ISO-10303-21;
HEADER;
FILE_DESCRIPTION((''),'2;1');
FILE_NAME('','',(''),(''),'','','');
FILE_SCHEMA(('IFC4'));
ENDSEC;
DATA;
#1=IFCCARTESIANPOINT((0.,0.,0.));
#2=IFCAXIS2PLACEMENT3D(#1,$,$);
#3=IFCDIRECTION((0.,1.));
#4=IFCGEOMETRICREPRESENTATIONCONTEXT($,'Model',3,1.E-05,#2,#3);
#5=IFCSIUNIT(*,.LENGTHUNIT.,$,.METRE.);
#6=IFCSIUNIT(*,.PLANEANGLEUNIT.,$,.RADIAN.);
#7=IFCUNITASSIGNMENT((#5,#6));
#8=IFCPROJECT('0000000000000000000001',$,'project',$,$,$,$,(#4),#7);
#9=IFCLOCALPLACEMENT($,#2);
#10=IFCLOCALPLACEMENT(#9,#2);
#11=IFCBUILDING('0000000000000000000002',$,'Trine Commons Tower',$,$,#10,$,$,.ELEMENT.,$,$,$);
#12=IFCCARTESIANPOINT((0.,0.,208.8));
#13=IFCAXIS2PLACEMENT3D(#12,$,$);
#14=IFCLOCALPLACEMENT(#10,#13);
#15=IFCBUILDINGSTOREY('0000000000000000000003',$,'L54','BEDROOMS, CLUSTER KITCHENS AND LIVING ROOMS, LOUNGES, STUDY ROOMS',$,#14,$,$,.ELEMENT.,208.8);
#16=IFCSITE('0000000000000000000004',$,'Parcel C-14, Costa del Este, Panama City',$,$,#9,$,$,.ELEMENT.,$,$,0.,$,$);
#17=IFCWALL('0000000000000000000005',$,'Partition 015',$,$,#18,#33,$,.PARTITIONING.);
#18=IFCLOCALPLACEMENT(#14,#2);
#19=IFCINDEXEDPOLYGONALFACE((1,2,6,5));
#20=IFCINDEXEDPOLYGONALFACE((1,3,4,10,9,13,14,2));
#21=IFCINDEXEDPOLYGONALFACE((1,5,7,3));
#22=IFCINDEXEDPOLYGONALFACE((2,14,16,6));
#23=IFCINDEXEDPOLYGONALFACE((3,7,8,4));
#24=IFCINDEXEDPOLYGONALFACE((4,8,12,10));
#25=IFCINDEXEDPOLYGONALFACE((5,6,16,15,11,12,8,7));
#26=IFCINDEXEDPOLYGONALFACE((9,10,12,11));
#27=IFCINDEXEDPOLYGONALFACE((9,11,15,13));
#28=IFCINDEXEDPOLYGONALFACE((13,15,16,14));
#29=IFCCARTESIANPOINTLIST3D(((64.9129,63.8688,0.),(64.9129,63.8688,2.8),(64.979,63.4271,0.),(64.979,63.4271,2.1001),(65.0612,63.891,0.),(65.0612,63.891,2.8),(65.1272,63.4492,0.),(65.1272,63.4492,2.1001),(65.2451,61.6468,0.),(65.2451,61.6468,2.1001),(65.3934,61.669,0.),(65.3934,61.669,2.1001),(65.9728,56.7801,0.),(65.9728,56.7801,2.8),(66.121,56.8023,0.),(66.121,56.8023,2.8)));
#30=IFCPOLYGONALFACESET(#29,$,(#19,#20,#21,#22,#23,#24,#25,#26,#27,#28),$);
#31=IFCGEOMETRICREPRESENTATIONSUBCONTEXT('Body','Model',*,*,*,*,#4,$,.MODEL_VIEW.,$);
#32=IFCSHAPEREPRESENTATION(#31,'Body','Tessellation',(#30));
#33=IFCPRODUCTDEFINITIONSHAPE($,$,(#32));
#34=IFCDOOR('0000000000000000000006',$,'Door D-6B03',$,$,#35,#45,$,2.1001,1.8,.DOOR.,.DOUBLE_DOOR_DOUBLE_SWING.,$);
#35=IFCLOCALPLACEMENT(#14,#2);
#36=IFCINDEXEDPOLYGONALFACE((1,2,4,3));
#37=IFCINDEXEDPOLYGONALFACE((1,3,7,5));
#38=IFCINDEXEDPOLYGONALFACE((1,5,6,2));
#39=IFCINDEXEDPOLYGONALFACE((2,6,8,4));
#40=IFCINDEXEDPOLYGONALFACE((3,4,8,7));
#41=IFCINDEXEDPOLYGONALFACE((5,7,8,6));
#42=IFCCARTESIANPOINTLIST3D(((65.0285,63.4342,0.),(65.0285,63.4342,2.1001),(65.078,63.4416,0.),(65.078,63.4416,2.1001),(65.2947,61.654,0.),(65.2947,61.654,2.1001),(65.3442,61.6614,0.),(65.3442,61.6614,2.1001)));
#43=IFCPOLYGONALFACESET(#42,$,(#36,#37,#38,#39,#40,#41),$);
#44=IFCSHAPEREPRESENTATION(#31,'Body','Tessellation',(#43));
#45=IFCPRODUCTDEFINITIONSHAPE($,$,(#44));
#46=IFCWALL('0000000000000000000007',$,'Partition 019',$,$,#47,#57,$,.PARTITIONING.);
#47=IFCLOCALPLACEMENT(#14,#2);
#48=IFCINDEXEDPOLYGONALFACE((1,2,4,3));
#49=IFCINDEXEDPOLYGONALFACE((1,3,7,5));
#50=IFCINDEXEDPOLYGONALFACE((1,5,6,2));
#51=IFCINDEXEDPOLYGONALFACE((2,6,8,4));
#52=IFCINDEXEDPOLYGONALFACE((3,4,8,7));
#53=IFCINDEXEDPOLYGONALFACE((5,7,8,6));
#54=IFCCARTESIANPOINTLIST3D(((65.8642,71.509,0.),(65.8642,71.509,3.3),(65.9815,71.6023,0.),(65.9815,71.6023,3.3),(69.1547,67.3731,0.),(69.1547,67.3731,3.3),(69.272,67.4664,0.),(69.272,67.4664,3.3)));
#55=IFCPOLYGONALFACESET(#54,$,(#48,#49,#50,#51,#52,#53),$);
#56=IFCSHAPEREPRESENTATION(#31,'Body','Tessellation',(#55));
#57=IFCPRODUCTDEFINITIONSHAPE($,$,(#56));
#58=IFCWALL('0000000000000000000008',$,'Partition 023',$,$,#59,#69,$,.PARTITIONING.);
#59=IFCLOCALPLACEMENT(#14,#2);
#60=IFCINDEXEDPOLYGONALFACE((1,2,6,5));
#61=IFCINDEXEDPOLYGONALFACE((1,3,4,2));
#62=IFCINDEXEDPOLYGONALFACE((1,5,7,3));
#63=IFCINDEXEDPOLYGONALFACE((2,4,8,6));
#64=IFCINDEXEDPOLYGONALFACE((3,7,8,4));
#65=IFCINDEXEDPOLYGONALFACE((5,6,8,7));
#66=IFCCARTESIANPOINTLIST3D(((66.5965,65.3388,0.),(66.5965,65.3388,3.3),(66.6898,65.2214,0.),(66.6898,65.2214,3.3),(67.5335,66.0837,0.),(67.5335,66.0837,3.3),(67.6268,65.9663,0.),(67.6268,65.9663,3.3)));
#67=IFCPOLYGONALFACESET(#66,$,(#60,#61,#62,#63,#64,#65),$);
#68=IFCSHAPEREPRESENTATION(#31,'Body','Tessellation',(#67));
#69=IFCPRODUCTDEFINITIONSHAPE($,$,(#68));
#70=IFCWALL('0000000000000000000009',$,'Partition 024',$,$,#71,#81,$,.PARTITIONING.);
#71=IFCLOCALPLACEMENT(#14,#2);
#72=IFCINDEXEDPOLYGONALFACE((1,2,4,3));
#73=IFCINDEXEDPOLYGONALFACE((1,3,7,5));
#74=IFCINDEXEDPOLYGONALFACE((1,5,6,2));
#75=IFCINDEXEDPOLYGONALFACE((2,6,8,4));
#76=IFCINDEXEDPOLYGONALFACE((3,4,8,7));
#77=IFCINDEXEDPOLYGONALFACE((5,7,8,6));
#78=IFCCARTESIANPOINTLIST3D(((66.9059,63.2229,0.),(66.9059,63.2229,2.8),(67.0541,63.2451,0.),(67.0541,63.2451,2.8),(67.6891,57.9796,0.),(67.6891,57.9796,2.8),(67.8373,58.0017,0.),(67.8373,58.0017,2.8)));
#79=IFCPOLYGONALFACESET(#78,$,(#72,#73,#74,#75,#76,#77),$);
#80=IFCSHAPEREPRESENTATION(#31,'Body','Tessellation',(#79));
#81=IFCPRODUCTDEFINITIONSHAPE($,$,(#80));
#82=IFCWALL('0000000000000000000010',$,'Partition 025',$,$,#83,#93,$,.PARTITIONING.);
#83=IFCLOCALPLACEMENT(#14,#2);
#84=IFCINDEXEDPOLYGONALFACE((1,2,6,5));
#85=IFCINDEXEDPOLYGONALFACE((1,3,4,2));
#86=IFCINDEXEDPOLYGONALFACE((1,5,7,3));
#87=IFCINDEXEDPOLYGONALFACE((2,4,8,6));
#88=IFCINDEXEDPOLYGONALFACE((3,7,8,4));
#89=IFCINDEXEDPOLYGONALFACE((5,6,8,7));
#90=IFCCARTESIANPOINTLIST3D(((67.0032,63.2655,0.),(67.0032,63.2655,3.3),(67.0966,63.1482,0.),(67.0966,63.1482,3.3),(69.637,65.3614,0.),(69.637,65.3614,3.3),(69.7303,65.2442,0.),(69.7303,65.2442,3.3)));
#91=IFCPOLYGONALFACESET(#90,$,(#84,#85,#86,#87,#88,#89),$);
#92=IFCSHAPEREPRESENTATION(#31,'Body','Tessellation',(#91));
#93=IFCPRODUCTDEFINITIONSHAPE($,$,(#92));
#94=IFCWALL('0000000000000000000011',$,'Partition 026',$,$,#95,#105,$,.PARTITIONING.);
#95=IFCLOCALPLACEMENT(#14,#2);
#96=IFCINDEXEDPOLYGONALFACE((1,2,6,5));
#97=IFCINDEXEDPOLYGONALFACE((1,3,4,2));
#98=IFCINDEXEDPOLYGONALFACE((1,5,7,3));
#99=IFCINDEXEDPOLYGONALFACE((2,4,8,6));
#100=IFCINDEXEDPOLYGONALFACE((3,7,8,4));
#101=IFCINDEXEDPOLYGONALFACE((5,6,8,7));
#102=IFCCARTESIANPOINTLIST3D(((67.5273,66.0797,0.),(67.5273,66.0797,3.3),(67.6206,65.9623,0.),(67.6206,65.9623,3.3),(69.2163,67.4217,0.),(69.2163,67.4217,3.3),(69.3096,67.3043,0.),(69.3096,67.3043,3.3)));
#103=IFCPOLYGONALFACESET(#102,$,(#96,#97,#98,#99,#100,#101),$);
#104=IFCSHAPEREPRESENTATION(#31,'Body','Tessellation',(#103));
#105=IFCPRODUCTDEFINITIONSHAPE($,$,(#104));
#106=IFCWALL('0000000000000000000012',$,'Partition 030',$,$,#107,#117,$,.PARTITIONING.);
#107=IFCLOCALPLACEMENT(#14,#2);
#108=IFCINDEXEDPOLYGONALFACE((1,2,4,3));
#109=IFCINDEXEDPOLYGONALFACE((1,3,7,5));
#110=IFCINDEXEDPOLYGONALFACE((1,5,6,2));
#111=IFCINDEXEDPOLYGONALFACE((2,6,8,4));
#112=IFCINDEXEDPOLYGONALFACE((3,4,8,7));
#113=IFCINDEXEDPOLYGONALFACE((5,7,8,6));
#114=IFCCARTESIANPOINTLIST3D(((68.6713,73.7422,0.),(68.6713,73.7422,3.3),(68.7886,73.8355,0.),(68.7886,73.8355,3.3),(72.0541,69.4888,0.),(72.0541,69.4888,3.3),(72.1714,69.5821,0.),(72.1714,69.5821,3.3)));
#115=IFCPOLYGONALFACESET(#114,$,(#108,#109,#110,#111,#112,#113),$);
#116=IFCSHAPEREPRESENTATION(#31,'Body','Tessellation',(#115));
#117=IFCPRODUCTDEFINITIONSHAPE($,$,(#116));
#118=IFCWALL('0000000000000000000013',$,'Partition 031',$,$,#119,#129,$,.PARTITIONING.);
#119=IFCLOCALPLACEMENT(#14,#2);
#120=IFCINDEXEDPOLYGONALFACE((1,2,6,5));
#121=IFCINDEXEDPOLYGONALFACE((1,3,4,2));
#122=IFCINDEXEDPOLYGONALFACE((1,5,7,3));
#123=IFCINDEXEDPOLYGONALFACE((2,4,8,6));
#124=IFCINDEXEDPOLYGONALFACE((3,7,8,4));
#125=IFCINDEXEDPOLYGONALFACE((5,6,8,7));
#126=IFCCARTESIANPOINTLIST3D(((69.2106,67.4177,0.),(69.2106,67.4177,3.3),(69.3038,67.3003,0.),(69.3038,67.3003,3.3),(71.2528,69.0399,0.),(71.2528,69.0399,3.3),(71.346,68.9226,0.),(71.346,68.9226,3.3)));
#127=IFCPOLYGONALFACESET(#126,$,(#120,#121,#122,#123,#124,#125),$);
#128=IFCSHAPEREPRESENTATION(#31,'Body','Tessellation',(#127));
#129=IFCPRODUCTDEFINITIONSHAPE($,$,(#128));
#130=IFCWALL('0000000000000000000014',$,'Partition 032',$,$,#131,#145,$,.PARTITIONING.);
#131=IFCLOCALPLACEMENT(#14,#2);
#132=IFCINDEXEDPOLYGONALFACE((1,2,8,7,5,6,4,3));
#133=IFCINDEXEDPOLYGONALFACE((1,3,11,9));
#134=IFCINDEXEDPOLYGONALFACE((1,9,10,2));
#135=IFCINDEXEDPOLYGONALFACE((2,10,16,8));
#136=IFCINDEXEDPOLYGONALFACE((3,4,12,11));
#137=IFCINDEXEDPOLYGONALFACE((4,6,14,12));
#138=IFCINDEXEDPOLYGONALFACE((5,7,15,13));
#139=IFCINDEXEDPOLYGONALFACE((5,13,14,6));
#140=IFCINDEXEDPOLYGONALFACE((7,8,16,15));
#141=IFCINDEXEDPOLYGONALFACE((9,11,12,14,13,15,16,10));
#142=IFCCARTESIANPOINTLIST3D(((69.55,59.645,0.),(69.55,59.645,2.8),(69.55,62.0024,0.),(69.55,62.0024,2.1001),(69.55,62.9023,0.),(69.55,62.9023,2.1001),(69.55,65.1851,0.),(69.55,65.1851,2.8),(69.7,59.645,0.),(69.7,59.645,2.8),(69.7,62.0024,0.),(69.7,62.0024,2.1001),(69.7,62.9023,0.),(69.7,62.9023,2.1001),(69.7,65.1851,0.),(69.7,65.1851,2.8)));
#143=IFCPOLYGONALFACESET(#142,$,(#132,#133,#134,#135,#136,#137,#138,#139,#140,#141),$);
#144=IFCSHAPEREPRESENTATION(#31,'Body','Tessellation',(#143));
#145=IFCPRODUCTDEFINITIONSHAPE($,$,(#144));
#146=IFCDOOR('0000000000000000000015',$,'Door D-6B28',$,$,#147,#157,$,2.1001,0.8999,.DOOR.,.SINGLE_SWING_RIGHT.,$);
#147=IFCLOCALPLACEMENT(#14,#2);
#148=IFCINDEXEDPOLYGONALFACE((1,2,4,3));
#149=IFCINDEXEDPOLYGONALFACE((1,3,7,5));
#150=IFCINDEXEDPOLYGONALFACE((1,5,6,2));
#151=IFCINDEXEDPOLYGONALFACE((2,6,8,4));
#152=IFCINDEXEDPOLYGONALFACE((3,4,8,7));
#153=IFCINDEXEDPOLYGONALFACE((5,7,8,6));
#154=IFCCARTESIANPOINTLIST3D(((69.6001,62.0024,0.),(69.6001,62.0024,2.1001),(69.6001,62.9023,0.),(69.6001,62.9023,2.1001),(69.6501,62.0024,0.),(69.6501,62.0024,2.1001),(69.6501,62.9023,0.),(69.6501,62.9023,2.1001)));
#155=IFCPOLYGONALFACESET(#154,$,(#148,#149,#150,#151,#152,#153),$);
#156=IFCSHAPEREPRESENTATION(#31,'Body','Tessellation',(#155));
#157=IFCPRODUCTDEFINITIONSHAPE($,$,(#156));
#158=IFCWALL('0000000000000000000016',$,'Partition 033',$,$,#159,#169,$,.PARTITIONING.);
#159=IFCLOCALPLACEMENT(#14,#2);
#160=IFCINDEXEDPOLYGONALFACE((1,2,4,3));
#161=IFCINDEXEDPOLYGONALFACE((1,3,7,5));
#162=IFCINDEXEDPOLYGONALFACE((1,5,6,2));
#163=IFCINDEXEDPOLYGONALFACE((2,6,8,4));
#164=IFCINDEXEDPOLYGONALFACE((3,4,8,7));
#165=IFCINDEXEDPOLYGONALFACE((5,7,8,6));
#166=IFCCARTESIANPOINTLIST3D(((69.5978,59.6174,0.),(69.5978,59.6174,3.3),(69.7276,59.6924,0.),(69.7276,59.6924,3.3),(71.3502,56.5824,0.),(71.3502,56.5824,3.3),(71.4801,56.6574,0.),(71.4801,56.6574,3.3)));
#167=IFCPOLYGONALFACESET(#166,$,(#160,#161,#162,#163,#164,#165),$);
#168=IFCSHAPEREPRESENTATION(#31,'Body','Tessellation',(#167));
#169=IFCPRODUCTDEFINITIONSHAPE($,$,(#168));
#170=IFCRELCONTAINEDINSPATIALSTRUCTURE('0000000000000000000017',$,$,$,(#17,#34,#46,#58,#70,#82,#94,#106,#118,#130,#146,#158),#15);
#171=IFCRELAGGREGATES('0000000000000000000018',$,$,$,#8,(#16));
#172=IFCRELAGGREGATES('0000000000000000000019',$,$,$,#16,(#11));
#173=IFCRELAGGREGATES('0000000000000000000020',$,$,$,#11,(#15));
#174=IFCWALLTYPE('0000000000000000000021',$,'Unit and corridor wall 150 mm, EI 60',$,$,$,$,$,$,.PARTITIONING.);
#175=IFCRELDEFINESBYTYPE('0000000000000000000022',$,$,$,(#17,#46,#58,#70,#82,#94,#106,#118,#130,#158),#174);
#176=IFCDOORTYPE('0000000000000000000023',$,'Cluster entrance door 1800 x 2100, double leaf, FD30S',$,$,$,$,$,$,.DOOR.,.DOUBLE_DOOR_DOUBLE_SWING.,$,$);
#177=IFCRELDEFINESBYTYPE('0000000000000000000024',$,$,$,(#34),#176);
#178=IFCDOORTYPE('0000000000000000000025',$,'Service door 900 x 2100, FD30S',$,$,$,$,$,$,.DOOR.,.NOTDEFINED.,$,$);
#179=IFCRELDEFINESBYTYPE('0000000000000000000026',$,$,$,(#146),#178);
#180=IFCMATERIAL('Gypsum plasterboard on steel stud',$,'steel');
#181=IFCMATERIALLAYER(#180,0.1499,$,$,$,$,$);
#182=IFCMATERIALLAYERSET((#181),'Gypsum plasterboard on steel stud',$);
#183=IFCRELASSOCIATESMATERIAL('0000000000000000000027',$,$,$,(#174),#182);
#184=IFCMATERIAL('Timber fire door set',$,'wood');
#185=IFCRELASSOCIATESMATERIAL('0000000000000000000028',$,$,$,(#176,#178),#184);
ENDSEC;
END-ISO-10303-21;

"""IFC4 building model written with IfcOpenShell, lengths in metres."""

from ifc_helpers import new_model, si_unit, direction, frame, frame_2d, origin, place, context, subcontext, project, spatial, rectangle, extrude, material, layer, layer_set, type_object, element, fill, save


model = new_model("IFC4")

# Units and contexts
model_context = context("Model", 3, precision=1e-05, world=origin(), true_north=direction((0.0, 1.0)))
body_context = subcontext(model_context, "Body", "Model", "MODEL_VIEW")
ifc_project = project(units=[si_unit("LENGTHUNIT", "METRE"), si_unit("PLANEANGLEUNIT", "RADIAN")], contexts=[model_context])

# Site, building, storey
site_placement = place(None, origin())
site = spatial("IfcSite", under=ifc_project, at=site_placement, Name="Parcel C-14, Costa del Este, Panama City", CompositionType="ELEMENT", RefElevation=0.0)
building_placement = place(site_placement, origin())
building = spatial("IfcBuilding", under=site, at=building_placement, Name="Trine Commons Tower", CompositionType="ELEMENT")
storey_placement = place(building_placement, frame((0.0, 0.0, 208.8)))
storey = spatial("IfcBuildingStorey", under=building, at=storey_placement, Name="L54", Description="BEDROOMS, CLUSTER KITCHENS AND LIVING ROOMS, LOUNGES, STUDY ROOMS", CompositionType="ELEMENT", Elevation=208.8)

# Wall, opening, door
ifc_material_1 = material(Name="Gypsum plasterboard on steel stud", Category="steel")
ifc_layer_1 = layer(ifc_material_1, 0.1499)
ifc_layer_set_1 = layer_set([ifc_layer_1], Name="Gypsum plasterboard on steel stud")
wall_type_1 = type_object("IfcWallType", Name="Unit and corridor wall 150 mm, EI 60", PredefinedType="PARTITIONING", material=ifc_layer_set_1)
wall_1_placement = place(storey_placement, frame((64.9871, 63.8799, 0.0), z_axis=(0.0, 0.0, 1.0), x_axis=(0.147866, -0.989007, 0.0)))
wall_1 = element("IfcWall", 1, at=wall_1_placement, inside=storey, type_object=wall_type_1, Name="Partition 015", PredefinedType="PARTITIONING", context=body_context, shape_type="SweptSolid", body=[
    extrude(rectangle(XDim=7.1675, YDim=0.1499, at=frame_2d((3.5837, 0.0))), origin(), (0.0, 0.0, 1.0), 2.8),
])
opening_1_placement = place(wall_1_placement, frame((0.4468, 0.0, 0.0)))
opening_1 = element("IfcOpeningElement", 2, at=opening_1_placement, cuts=wall_1, PredefinedType="OPENING", context=body_context, shape_type="SweptSolid", body=[
    extrude(rectangle(XDim=1.8, YDim=2.1001, at=frame_2d((0.8999, 1.05))), frame((0.0, 0.085, 0.0), z_axis=(0.0, -1.0, 0.0), x_axis=(1.0, 0.0, 0.0)), (0.0, 0.0, 1.0), 0.1699),
])
ifc_material_2 = material(Name="Timber fire door set", Category="wood")
door_type_1 = type_object("IfcDoorType", Name="Cluster entrance door 1800 x 2100, double leaf, FD30S", OperationType="DOUBLE_DOOR_DOUBLE_SWING", PredefinedType="DOOR", material=ifc_material_2)
door_1_placement = place(opening_1_placement, frame((1.8, 0.0, 0.0), z_axis=(0.0, 0.0, 1.0), x_axis=(-1.0, 0.0, 0.0)))
door_1 = element("IfcDoor", 3, at=door_1_placement, inside=storey, type_object=door_type_1, Name="Door D-6B03", OperationType="DOUBLE_DOOR_DOUBLE_SWING", OverallHeight=2.1001, OverallWidth=1.8, PredefinedType="DOOR", context=body_context, shape_type="SweptSolid", body=[
    extrude(rectangle(XDim=1.8, YDim=2.1001, at=frame_2d((0.8999, 1.05))), frame((0.0, 0.0249, 0.0), z_axis=(0.0, -1.0, 0.0), x_axis=(1.0, 0.0, 0.0)), (0.0, 0.0, 1.0), 0.05),
])
fill(opening_1, door_1)

# Walls
wall_2_placement = place(storey_placement, frame((65.9229, 71.5557, 0.0), z_axis=(0.0, 0.0, 1.0), x_axis=(0.622586, -0.782551, 0.0)))
element("IfcWall", 4, at=wall_2_placement, inside=storey, type_object=wall_type_1, Name="Partition 019", PredefinedType="PARTITIONING", context=body_context, shape_type="SweptSolid", body=[
    extrude(rectangle(XDim=5.2852, YDim=0.1499, at=frame_2d((2.6426, 0.0))), origin(), (0.0, 0.0, 1.0), 3.3),
])
wall_3_placement = place(storey_placement, frame((66.6431, 65.28, 0.0), z_axis=(0.0, 0.0, 1.0), x_axis=(0.782795, 0.622279, 0.0)))
element("IfcWall", 5, at=wall_3_placement, inside=storey, type_object=wall_type_1, Name="Partition 023", PredefinedType="PARTITIONING", context=body_context, shape_type="SweptSolid", body=[
    extrude(rectangle(XDim=1.197, YDim=0.1499, at=frame_2d((0.5986, 0.0))), origin(), (0.0, 0.0, 1.0), 3.3),
])
wall_4_placement = place(storey_placement, frame((66.98, 63.2341, 0.0), z_axis=(0.0, 0.0, 1.0), x_axis=(0.14773, -0.989028, 0.0)))
element("IfcWall", 6, at=wall_4_placement, inside=storey, type_object=wall_type_1, Name="Partition 024", PredefinedType="PARTITIONING", context=body_context, shape_type="SweptSolid", body=[
    extrude(rectangle(XDim=5.3015, YDim=0.1499, at=frame_2d((2.6509, 0.0))), origin(), (0.0, 0.0, 1.0), 2.8),
])
wall_5_placement = place(storey_placement, frame((67.0498, 63.2068, 0.0), z_axis=(0.0, 0.0, 1.0), x_axis=(0.782473, 0.622685, 0.0)))
element("IfcWall", 7, at=wall_5_placement, inside=storey, type_object=wall_type_1, Name="Partition 025", PredefinedType="PARTITIONING", context=body_context, shape_type="SweptSolid", body=[
    extrude(rectangle(XDim=3.366, YDim=0.1499, at=frame_2d((1.6831, 0.0))), origin(), (0.0, 0.0, 1.0), 3.3),
])
wall_6_placement = place(storey_placement, frame((67.574, 66.021, 0.0), z_axis=(0.0, 0.0, 1.0), x_axis=(0.782929, 0.622111, 0.0)))
element("IfcWall", 8, at=wall_6_placement, inside=storey, type_object=wall_type_1, Name="Partition 026", PredefinedType="PARTITIONING", context=body_context, shape_type="SweptSolid", body=[
    extrude(rectangle(XDim=2.1572, YDim=0.1499, at=frame_2d((1.0786, 0.0))), origin(), (0.0, 0.0, 1.0), 3.3),
])
wall_7_placement = place(storey_placement, frame((68.73, 73.7888, 0.0), z_axis=(0.0, 0.0, 1.0), x_axis=(0.622457, -0.782654, 0.0)))
element("IfcWall", 9, at=wall_7_placement, inside=storey, type_object=wall_type_1, Name="Partition 030", PredefinedType="PARTITIONING", context=body_context, shape_type="SweptSolid", body=[
    extrude(rectangle(XDim=5.4346, YDim=0.1499, at=frame_2d((2.7173, 0.0))), origin(), (0.0, 0.0, 1.0), 3.3),
])
wall_8_placement = place(storey_placement, frame((69.2571, 67.3589, 0.0), z_axis=(0.0, 0.0, 1.0), x_axis=(0.78301, 0.622009, 0.0)))
element("IfcWall", 10, at=wall_8_placement, inside=storey, type_object=wall_type_1, Name="Partition 031", PredefinedType="PARTITIONING", context=body_context, shape_type="SweptSolid", body=[
    extrude(rectangle(XDim=2.6082, YDim=0.1499, at=frame_2d((1.3042, 0.0))), origin(), (0.0, 0.0, 1.0), 3.3),
])

# Wall, opening, door
wall_9_placement = place(storey_placement, frame((69.625, 59.645, 0.0), z_axis=(0.0, 0.0, 1.0), x_axis=(0.0, 1.0, 0.0)))
wall_9 = element("IfcWall", 11, at=wall_9_placement, inside=storey, type_object=wall_type_1, Name="Partition 032", PredefinedType="PARTITIONING", context=body_context, shape_type="SweptSolid", body=[
    extrude(rectangle(XDim=5.54, YDim=0.1499, at=frame_2d((2.77, 0.0))), origin(), (0.0, 0.0, 1.0), 2.8),
])
opening_2_placement = place(wall_9_placement, frame((2.3574, 0.0, 0.0)))
opening_2 = element("IfcOpeningElement", 12, at=opening_2_placement, cuts=wall_9, PredefinedType="OPENING", context=body_context, shape_type="SweptSolid", body=[
    extrude(rectangle(XDim=0.8999, YDim=2.1001, at=frame_2d((0.45, 1.05))), frame((0.0, 0.085, 0.0), z_axis=(0.0, -1.0, 0.0), x_axis=(1.0, 0.0, 0.0)), (0.0, 0.0, 1.0), 0.1699),
])
door_type_2 = type_object("IfcDoorType", Name="Service door 900 x 2100, FD30S", OperationType="NOTDEFINED", PredefinedType="DOOR", material=ifc_material_2)
door_2_placement = place(opening_2_placement, origin())
door_2 = element("IfcDoor", 13, at=door_2_placement, inside=storey, type_object=door_type_2, Name="Door D-6B28", OperationType="SINGLE_SWING_RIGHT", OverallHeight=2.1001, OverallWidth=0.8999, PredefinedType="DOOR", context=body_context, shape_type="SweptSolid", body=[
    extrude(rectangle(XDim=0.8999, YDim=2.1001, at=frame_2d((0.45, 1.05))), frame((0.0, 0.0249, 0.0), z_axis=(0.0, -1.0, 0.0), x_axis=(1.0, 0.0, 0.0)), (0.0, 0.0, 1.0), 0.05),
])
fill(opening_2, door_2)

# Wall
wall_10_placement = place(storey_placement, frame((69.6626, 59.655, 0.0), z_axis=(0.0, 0.0, 1.0), x_axis=(0.50005, -0.865996, 0.0)))
element("IfcWall", 14, at=wall_10_placement, inside=storey, type_object=wall_type_1, Name="Partition 033", PredefinedType="PARTITIONING", context=body_context, shape_type="SweptSolid", body=[
    extrude(rectangle(XDim=3.5046, YDim=0.1499, at=frame_2d((1.7524, 0.0))), origin(), (0.0, 0.0, 1.0), 3.3),
])

save(model, "model.ifc")
